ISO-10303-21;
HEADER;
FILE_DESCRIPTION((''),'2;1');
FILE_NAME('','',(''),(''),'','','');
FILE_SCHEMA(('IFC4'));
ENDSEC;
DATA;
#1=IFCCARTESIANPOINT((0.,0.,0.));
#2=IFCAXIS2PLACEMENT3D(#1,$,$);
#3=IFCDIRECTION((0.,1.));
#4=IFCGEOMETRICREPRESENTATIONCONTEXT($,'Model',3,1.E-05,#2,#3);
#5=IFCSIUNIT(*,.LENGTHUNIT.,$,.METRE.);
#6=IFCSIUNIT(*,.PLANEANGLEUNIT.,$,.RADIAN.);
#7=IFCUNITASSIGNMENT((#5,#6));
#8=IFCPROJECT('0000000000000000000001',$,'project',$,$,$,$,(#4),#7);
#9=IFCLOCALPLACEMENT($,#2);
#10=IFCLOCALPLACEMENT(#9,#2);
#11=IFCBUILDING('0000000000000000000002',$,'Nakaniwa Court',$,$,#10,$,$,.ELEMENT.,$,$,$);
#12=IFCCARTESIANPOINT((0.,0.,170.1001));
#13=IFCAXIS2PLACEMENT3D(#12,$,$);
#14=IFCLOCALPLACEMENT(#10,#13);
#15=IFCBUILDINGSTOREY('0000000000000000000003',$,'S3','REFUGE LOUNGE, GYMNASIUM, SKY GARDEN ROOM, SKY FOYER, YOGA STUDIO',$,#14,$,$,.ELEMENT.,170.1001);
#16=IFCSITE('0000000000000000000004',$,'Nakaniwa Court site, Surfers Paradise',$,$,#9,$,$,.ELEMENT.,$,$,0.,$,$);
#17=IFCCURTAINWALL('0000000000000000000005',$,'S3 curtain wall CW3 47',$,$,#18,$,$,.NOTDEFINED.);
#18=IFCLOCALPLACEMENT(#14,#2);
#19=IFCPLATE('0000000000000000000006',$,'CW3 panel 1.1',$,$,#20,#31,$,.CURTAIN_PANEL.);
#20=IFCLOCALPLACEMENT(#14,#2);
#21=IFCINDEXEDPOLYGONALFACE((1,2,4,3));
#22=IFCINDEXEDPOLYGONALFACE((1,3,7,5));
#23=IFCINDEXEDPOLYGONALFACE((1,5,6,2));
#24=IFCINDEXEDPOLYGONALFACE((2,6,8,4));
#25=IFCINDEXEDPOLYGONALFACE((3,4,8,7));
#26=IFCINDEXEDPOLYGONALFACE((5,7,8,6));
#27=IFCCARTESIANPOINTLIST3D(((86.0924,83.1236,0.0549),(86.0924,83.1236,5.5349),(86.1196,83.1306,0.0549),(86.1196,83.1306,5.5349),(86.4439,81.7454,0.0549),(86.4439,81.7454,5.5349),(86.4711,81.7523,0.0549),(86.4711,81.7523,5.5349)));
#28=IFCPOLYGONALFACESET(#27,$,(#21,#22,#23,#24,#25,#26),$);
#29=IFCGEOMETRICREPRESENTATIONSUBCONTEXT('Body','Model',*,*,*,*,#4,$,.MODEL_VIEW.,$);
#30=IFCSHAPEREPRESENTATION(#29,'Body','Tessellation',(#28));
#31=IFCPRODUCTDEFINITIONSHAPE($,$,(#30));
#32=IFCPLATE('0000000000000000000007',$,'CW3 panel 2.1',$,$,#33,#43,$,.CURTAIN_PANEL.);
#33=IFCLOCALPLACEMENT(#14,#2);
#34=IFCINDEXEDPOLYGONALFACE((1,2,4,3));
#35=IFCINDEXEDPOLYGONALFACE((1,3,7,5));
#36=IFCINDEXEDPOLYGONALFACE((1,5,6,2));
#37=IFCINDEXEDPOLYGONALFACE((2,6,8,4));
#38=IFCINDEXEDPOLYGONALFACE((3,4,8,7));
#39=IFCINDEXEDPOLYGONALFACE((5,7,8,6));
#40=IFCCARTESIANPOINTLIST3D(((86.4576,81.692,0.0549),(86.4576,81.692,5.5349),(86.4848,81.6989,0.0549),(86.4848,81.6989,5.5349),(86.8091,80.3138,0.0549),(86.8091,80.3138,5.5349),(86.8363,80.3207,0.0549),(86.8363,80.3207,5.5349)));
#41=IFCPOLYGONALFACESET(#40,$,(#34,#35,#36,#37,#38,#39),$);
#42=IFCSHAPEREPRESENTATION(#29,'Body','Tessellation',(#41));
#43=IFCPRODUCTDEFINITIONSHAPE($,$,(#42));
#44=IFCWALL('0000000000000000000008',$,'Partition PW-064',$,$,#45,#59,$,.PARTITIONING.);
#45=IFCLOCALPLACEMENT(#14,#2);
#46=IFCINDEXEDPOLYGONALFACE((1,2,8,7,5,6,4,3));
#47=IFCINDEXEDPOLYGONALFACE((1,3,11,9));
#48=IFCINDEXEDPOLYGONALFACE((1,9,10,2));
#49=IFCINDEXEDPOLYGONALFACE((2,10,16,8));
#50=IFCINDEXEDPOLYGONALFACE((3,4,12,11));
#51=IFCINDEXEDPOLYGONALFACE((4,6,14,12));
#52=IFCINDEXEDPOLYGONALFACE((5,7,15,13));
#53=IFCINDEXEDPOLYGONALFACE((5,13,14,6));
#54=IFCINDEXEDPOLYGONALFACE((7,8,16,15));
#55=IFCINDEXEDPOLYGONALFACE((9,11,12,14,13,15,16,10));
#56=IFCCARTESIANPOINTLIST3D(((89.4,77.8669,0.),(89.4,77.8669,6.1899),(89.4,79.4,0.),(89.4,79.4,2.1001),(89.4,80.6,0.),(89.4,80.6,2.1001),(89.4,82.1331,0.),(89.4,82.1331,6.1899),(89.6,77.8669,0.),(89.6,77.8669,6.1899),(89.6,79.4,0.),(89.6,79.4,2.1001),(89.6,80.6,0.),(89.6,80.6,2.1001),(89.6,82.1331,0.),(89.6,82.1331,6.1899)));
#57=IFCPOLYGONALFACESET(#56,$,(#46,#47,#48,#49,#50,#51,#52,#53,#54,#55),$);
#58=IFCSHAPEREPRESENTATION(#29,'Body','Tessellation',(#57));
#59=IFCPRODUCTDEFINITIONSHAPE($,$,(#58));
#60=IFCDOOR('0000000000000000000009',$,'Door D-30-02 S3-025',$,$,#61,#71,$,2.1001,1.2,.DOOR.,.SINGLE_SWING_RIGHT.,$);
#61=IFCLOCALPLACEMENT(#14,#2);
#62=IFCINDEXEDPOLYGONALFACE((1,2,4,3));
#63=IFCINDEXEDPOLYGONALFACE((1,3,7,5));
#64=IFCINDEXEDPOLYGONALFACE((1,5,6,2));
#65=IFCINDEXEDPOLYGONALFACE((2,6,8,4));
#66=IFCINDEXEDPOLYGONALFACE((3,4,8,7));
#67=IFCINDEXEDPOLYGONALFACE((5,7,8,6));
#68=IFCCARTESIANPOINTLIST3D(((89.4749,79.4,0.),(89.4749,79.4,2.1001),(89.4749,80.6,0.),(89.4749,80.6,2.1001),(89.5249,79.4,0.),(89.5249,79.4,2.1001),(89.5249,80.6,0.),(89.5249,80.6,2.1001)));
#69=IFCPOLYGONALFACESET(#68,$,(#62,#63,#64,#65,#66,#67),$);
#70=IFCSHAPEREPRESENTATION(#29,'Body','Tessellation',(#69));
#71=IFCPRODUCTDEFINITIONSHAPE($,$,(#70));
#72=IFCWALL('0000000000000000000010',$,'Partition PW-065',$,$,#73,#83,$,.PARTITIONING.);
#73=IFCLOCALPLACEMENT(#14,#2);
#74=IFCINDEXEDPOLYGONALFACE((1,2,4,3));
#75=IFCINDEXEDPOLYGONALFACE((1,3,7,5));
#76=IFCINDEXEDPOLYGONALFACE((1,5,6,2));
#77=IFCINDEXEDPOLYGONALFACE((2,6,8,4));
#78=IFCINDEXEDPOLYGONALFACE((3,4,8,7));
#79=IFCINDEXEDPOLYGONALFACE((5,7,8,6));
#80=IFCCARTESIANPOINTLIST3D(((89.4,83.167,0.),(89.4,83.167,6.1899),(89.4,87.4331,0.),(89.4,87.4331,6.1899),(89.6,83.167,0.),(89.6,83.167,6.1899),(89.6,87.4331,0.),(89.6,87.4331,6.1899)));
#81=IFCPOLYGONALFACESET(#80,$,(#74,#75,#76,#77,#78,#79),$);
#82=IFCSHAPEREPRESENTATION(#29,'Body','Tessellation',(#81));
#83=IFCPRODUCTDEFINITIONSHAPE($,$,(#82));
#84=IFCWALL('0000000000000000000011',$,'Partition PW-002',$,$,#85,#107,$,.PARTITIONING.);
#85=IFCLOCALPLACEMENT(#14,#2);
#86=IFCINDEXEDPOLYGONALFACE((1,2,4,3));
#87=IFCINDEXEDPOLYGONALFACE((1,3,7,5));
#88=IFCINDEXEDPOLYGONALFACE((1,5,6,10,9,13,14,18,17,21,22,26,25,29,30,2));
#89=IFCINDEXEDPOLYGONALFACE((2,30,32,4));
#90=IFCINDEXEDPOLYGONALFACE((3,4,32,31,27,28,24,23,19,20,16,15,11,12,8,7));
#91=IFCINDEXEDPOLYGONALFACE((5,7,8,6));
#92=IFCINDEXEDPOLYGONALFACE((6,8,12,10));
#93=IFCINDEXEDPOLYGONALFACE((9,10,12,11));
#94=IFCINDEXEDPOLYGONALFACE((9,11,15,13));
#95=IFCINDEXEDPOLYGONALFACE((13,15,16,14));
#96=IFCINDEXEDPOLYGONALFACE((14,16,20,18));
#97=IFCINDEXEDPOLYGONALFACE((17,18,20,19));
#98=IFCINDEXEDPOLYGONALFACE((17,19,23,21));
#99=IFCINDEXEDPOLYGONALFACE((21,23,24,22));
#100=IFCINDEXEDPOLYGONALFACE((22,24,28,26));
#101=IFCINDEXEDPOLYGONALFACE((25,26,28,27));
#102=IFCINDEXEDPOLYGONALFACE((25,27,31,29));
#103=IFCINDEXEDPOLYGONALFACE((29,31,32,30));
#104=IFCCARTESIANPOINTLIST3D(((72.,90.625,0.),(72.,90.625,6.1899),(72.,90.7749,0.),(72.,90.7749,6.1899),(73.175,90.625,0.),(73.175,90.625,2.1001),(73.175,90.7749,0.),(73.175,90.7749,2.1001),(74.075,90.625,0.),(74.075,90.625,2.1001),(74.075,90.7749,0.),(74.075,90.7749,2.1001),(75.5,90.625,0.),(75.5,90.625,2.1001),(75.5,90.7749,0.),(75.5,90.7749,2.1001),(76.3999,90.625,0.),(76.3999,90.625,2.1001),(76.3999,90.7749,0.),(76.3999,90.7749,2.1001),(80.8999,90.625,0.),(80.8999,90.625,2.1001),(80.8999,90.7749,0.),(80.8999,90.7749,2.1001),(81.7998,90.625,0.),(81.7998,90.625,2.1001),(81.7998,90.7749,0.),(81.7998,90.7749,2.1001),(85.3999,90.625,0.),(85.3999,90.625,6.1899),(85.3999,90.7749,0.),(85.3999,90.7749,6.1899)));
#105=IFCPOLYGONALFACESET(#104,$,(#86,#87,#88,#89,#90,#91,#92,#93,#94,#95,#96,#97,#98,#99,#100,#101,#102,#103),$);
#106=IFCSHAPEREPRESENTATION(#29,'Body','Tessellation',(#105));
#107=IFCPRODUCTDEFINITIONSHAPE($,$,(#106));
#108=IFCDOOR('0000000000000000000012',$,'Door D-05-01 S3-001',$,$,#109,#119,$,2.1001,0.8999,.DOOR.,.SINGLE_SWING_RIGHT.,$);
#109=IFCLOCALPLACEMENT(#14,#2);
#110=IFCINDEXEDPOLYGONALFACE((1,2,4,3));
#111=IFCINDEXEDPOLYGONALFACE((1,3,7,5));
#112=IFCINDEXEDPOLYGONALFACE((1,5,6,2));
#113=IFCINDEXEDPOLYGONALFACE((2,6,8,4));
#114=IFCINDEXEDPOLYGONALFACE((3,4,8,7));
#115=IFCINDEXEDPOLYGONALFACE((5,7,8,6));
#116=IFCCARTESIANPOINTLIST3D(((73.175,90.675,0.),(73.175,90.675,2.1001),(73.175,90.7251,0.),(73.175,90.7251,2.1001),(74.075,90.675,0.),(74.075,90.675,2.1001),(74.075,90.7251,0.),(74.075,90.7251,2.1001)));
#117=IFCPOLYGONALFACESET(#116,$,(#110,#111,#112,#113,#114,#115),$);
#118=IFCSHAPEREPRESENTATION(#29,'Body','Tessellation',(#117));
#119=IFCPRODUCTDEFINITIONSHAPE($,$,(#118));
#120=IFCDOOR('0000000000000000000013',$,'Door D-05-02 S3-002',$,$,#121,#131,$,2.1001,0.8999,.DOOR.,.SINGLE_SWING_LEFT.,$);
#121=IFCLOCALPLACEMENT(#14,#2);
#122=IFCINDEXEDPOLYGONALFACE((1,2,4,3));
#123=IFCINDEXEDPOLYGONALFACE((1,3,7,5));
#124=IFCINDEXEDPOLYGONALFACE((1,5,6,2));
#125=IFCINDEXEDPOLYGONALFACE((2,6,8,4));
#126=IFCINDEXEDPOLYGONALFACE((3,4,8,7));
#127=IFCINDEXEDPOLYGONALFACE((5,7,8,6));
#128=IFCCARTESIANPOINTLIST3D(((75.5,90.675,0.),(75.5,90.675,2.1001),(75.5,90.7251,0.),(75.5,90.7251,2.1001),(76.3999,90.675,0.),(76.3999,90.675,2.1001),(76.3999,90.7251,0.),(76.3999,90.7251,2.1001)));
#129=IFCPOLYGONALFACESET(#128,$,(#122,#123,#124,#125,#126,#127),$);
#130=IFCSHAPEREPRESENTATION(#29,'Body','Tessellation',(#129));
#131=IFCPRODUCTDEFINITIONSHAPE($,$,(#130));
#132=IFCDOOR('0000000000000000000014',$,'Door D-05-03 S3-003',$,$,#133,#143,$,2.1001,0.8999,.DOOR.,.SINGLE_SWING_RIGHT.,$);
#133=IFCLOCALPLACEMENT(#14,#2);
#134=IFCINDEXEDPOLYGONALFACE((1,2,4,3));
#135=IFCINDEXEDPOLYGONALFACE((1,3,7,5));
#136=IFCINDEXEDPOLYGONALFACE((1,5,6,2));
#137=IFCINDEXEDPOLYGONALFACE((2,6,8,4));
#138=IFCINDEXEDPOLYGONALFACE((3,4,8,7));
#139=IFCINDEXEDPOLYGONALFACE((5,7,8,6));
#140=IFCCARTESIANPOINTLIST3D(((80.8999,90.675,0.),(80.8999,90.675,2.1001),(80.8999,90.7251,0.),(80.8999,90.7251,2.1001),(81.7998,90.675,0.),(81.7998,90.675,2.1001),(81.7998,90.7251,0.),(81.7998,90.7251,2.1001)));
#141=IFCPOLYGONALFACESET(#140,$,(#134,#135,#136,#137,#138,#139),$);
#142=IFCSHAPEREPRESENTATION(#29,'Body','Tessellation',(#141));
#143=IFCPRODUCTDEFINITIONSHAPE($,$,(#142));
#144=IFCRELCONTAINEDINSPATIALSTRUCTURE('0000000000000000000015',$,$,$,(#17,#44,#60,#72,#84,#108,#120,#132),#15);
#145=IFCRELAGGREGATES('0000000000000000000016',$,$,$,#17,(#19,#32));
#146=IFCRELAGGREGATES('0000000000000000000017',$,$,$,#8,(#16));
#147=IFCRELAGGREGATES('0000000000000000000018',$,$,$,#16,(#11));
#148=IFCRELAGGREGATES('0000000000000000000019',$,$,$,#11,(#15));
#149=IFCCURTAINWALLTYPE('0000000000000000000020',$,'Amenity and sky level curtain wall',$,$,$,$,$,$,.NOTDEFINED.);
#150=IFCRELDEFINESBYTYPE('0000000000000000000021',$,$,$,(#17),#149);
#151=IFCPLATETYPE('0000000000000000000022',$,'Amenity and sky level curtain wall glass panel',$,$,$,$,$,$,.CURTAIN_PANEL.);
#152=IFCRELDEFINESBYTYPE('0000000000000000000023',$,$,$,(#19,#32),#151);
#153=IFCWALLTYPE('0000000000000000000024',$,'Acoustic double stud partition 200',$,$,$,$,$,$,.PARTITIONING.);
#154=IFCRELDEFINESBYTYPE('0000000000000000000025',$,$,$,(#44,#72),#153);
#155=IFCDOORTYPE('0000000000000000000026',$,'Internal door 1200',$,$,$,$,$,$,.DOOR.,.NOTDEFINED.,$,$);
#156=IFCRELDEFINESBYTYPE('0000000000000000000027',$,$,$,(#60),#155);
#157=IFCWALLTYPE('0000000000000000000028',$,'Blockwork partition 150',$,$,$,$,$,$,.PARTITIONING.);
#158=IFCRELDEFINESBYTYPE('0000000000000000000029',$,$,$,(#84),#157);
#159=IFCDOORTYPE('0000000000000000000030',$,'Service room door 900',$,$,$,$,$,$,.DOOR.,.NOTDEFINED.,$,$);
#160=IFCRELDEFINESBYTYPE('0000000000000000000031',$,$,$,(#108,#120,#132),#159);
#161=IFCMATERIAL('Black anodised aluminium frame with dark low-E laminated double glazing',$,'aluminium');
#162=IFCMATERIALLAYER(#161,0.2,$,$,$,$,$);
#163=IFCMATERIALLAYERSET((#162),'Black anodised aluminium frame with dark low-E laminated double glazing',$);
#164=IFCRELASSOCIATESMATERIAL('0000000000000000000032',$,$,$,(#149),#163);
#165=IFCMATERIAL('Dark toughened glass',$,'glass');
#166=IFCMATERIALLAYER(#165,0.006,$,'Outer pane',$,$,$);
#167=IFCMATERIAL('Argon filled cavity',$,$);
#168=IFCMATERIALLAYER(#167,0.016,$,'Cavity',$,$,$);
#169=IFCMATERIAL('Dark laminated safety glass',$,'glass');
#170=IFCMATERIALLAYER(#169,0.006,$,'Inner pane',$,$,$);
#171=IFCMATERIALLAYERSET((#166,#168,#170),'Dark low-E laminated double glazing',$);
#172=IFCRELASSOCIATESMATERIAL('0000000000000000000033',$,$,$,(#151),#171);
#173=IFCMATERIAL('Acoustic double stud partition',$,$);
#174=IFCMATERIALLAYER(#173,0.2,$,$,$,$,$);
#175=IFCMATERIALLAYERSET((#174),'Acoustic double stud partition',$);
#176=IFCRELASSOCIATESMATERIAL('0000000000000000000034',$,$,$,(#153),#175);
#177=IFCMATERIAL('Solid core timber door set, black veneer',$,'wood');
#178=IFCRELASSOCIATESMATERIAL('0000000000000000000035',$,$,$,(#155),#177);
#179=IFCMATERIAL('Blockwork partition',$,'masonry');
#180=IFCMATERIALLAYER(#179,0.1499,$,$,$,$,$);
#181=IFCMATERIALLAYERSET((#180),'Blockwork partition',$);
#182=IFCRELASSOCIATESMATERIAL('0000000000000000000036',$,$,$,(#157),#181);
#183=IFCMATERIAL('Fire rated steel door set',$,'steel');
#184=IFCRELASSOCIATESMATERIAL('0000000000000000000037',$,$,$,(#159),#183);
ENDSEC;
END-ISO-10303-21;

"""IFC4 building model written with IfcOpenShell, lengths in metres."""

from ifc_helpers import new_model, si_unit, direction, frame, frame_2d, origin, origin_2d, place, context, subcontext, project, spatial, rectangle, extrude, material, layer, layer_set, type_object, element, fill, aggregate, save


model = new_model("IFC4")

# Units and contexts
model_context = context("Model", 3, precision=1e-05, world=origin(), true_north=direction((0.0, 1.0)))
body_context = subcontext(model_context, "Body", "Model", "MODEL_VIEW")
ifc_project = project(units=[si_unit("LENGTHUNIT", "METRE"), si_unit("PLANEANGLEUNIT", "RADIAN")], contexts=[model_context])

# Site, building, storey
site_placement = place(None, origin())
site = spatial("IfcSite", under=ifc_project, at=site_placement, Name="Nakaniwa Court site, Surfers Paradise", CompositionType="ELEMENT", RefElevation=0.0)
building_placement = place(site_placement, origin())
building = spatial("IfcBuilding", under=site, at=building_placement, Name="Nakaniwa Court", CompositionType="ELEMENT")
storey_placement = place(building_placement, frame((0.0, 0.0, 170.1001)))
storey = spatial("IfcBuildingStorey", under=building, at=storey_placement, Name="S3", Description="REFUGE LOUNGE, GYMNASIUM, SKY GARDEN ROOM, SKY FOYER, YOGA STUDIO", CompositionType="ELEMENT", Elevation=170.1001)

# Shared definitions
ifc_material_1 = material(Name="Black anodised aluminium frame with dark low-E laminated double glazing", Category="aluminium")
ifc_layer_1 = layer(ifc_material_1, 0.2)
ifc_layer_set_1 = layer_set([ifc_layer_1], Name="Black anodised aluminium frame with dark low-E laminated double glazing")
curtain_wall_type = type_object("IfcCurtainWallType", Name="Amenity and sky level curtain wall", PredefinedType="NOTDEFINED", material=ifc_layer_set_1)

# Curtain wall
curtain_wall_1_placement = place(storey_placement, origin())
curtain_wall_1 = element("IfcCurtainWall", 1, at=curtain_wall_1_placement, inside=storey, type_object=curtain_wall_type, Name="S3 curtain wall CW3 47", PredefinedType="NOTDEFINED")

# Plates
ifc_material_2 = material(Name="Dark toughened glass", Category="glass")
ifc_layer_2 = layer(ifc_material_2, 0.006, Name="Outer pane")
ifc_material_3 = material(Name="Argon filled cavity")
ifc_layer_3 = layer(ifc_material_3, 0.016, Name="Cavity")
ifc_material_4 = material(Name="Dark laminated safety glass", Category="glass")
ifc_layer_4 = layer(ifc_material_4, 0.006, Name="Inner pane")
ifc_layer_set_2 = layer_set([ifc_layer_2, ifc_layer_3, ifc_layer_4], Name="Dark low-E laminated double glazing")
plate_type = type_object("IfcPlateType", Name="Amenity and sky level curtain wall glass panel", PredefinedType="CURTAIN_PANEL", material=ifc_layer_set_2)
plate_1_placement = place(storey_placement, frame((86.2817, 82.438, 0.0549), z_axis=(0.0, 0.0, 1.0), x_axis=(0.247114, -0.968986, 0.0)))
plate_1 = element("IfcPlate", 2, at=plate_1_placement, type_object=plate_type, Name="CW3 panel 1.1", PredefinedType="CURTAIN_PANEL", context=body_context, shape_type="SweptSolid", body=[
    extrude(rectangle(XDim=1.4224, YDim=0.0281, at=origin_2d()), origin(), (0.0, 0.0, 1.0), 5.48),
])
plate_2_placement = place(storey_placement, frame((86.647, 81.0063, 0.0549), z_axis=(0.0, 0.0, 1.0), x_axis=(0.247114, -0.968986, 0.0)))
plate_2 = element("IfcPlate", 3, at=plate_2_placement, type_object=plate_type, Name="CW3 panel 2.1", PredefinedType="CURTAIN_PANEL", context=body_context, shape_type="SweptSolid", body=[
    extrude(rectangle(XDim=1.4224, YDim=0.0281, at=origin_2d()), origin(), (0.0, 0.0, 1.0), 5.48),
])
aggregate(curtain_wall_1, [plate_1, plate_2])

# Wall, opening, door
ifc_material_5 = material(Name="Acoustic double stud partition")
ifc_layer_5 = layer(ifc_material_5, 0.2)
ifc_layer_set_3 = layer_set([ifc_layer_5], Name="Acoustic double stud partition")
wall_type_1 = type_object("IfcWallType", Name="Acoustic double stud partition 200", PredefinedType="PARTITIONING", material=ifc_layer_set_3)
wall_1_placement = place(storey_placement, frame((89.5, 82.1331, 0.0), z_axis=(0.0, 0.0, 1.0), x_axis=(0.0, -1.0, 0.0)))
wall_1 = element("IfcWall", 4, at=wall_1_placement, inside=storey, type_object=wall_type_1, Name="Partition PW-064", PredefinedType="PARTITIONING", context=body_context, shape_type="SweptSolid", body=[
    extrude(rectangle(XDim=4.2661, YDim=0.2, at=frame_2d((2.1331, 0.0))), origin(), (0.0, 0.0, 1.0), 6.1899),
])
opening_1_placement = place(wall_1_placement, frame((1.533, 0.0, 0.0)))
opening_1 = element("IfcOpeningElement", 5, at=opening_1_placement, cuts=wall_1, PredefinedType="OPENING", context=body_context, shape_type="SweptSolid", body=[
    extrude(rectangle(XDim=1.2, YDim=2.1001, at=frame_2d((0.6001, 1.05))), frame((0.0, 0.1099, 0.0), z_axis=(0.0, -1.0, 0.0), x_axis=(1.0, 0.0, 0.0)), (0.0, 0.0, 1.0), 0.22),
])
ifc_material_6 = material(Name="Solid core timber door set, black veneer", Category="wood")
door_type_1 = type_object("IfcDoorType", Name="Internal door 1200", OperationType="NOTDEFINED", PredefinedType="DOOR", material=ifc_material_6)
door_1_placement = place(opening_1_placement, origin())
door_1 = element("IfcDoor", 6, at=door_1_placement, inside=storey, type_object=door_type_1, Name="Door D-30-02 S3-025", OperationType="SINGLE_SWING_RIGHT", OverallHeight=2.1001, OverallWidth=1.2, PredefinedType="DOOR", context=body_context, shape_type="SweptSolid", body=[
    extrude(rectangle(XDim=1.2, YDim=2.1001, at=frame_2d((0.6001, 1.05))), frame((0.0, 0.0249, 0.0), z_axis=(0.0, -1.0, 0.0), x_axis=(1.0, 0.0, 0.0)), (0.0, 0.0, 1.0), 0.05),
])
fill(opening_1, door_1)

# Wall
wall_2_placement = place(storey_placement, frame((89.5, 83.167, 0.0), z_axis=(0.0, 0.0, 1.0), x_axis=(0.0, 1.0, 0.0)))
element("IfcWall", 7, at=wall_2_placement, inside=storey, type_object=wall_type_1, Name="Partition PW-065", PredefinedType="PARTITIONING", context=body_context, shape_type="SweptSolid", body=[
    extrude(rectangle(XDim=4.2661, YDim=0.2, at=frame_2d((2.1331, 0.0))), origin(), (0.0, 0.0, 1.0), 6.1899),
])

# Wall, openings, doors
ifc_material_7 = material(Name="Blockwork partition", Category="masonry")
ifc_layer_6 = layer(ifc_material_7, 0.1499)
ifc_layer_set_4 = layer_set([ifc_layer_6], Name="Blockwork partition")
wall_type_2 = type_object("IfcWallType", Name="Blockwork partition 150", PredefinedType="PARTITIONING", material=ifc_layer_set_4)
wall_3_placement = place(storey_placement, frame((85.3999, 90.7, 0.0), z_axis=(0.0, 0.0, 1.0), x_axis=(-1.0, 0.0, 0.0)))
wall_3 = element("IfcWall", 8, at=wall_3_placement, inside=storey, type_object=wall_type_2, Name="Partition PW-002", PredefinedType="PARTITIONING", context=body_context, shape_type="SweptSolid", body=[
    extrude(rectangle(XDim=13.3999, YDim=0.1499, at=frame_2d((6.7, 0.0))), origin(), (0.0, 0.0, 1.0), 6.1899),
])
opening_2_placement = place(wall_3_placement, frame((11.325, 0.0, 0.0)))
opening_2 = element("IfcOpeningElement", 9, at=opening_2_placement, cuts=wall_3, PredefinedType="OPENING", context=body_context, shape_type="SweptSolid", body=[
    extrude(rectangle(XDim=0.8999, YDim=2.1001, at=frame_2d((0.45, 1.05))), frame((0.0, 0.085, 0.0), z_axis=(0.0, -1.0, 0.0), x_axis=(1.0, 0.0, 0.0)), (0.0, 0.0, 1.0), 0.1699),
])
opening_3_placement = place(wall_3_placement, frame((9.0, 0.0, 0.0)))
opening_3 = element("IfcOpeningElement", 10, at=opening_3_placement, cuts=wall_3, PredefinedType="OPENING", context=body_context, shape_type="SweptSolid", body=[
    extrude(rectangle(XDim=0.8999, YDim=2.1001, at=frame_2d((0.45, 1.05))), frame((0.0, 0.085, 0.0), z_axis=(0.0, -1.0, 0.0), x_axis=(1.0, 0.0, 0.0)), (0.0, 0.0, 1.0), 0.1699),
])
opening_4_placement = place(wall_3_placement, frame((3.6001, 0.0, 0.0)))
opening_4 = element("IfcOpeningElement", 11, at=opening_4_placement, cuts=wall_3, PredefinedType="OPENING", context=body_context, shape_type="SweptSolid", body=[
    extrude(rectangle(XDim=0.8999, YDim=2.1001, at=frame_2d((0.45, 1.05))), frame((0.0, 0.085, 0.0), z_axis=(0.0, -1.0, 0.0), x_axis=(1.0, 0.0, 0.0)), (0.0, 0.0, 1.0), 0.1699),
])
ifc_material_8 = material(Name="Fire rated steel door set", Category="steel")
door_type_2 = type_object("IfcDoorType", Name="Service room door 900", OperationType="NOTDEFINED", PredefinedType="DOOR", material=ifc_material_8)
door_2_placement = place(opening_2_placement, origin())
door_2 = element("IfcDoor", 12, at=door_2_placement, inside=storey, type_object=door_type_2, Name="Door D-05-01 S3-001", OperationType="SINGLE_SWING_RIGHT", OverallHeight=2.1001, OverallWidth=0.8999, PredefinedType="DOOR", context=body_context, shape_type="SweptSolid", body=[
    extrude(rectangle(XDim=0.8999, YDim=2.1001, at=frame_2d((0.45, 1.05))), frame((0.0, 0.0249, 0.0), z_axis=(0.0, -1.0, 0.0), x_axis=(1.0, 0.0, 0.0)), (0.0, 0.0, 1.0), 0.05),
])
fill(opening_2, door_2)
door_3_placement = place(opening_3_placement, origin())
door_3 = element("IfcDoor", 13, at=door_3_placement, inside=storey, type_object=door_type_2, Name="Door D-05-02 S3-002", OperationType="SINGLE_SWING_LEFT", OverallHeight=2.1001, OverallWidth=0.8999, PredefinedType="DOOR", context=body_context, shape_type="SweptSolid", body=[
    extrude(rectangle(XDim=0.8999, YDim=2.1001, at=frame_2d((0.45, 1.05))), frame((0.0, 0.0249, 0.0), z_axis=(0.0, -1.0, 0.0), x_axis=(1.0, 0.0, 0.0)), (0.0, 0.0, 1.0), 0.05),
])
fill(opening_3, door_3)
door_4_placement = place(opening_4_placement, origin())
door_4 = element("IfcDoor", 14, at=door_4_placement, inside=storey, type_object=door_type_2, Name="Door D-05-03 S3-003", OperationType="SINGLE_SWING_RIGHT", OverallHeight=2.1001, OverallWidth=0.8999, PredefinedType="DOOR", context=body_context, shape_type="SweptSolid", body=[
    extrude(rectangle(XDim=0.8999, YDim=2.1001, at=frame_2d((0.45, 1.05))), frame((0.0, 0.0249, 0.0), z_axis=(0.0, -1.0, 0.0), x_axis=(1.0, 0.0, 0.0)), (0.0, 0.0, 1.0), 0.05),
])
fill(opening_4, door_4)

save(model, "model.ifc")
